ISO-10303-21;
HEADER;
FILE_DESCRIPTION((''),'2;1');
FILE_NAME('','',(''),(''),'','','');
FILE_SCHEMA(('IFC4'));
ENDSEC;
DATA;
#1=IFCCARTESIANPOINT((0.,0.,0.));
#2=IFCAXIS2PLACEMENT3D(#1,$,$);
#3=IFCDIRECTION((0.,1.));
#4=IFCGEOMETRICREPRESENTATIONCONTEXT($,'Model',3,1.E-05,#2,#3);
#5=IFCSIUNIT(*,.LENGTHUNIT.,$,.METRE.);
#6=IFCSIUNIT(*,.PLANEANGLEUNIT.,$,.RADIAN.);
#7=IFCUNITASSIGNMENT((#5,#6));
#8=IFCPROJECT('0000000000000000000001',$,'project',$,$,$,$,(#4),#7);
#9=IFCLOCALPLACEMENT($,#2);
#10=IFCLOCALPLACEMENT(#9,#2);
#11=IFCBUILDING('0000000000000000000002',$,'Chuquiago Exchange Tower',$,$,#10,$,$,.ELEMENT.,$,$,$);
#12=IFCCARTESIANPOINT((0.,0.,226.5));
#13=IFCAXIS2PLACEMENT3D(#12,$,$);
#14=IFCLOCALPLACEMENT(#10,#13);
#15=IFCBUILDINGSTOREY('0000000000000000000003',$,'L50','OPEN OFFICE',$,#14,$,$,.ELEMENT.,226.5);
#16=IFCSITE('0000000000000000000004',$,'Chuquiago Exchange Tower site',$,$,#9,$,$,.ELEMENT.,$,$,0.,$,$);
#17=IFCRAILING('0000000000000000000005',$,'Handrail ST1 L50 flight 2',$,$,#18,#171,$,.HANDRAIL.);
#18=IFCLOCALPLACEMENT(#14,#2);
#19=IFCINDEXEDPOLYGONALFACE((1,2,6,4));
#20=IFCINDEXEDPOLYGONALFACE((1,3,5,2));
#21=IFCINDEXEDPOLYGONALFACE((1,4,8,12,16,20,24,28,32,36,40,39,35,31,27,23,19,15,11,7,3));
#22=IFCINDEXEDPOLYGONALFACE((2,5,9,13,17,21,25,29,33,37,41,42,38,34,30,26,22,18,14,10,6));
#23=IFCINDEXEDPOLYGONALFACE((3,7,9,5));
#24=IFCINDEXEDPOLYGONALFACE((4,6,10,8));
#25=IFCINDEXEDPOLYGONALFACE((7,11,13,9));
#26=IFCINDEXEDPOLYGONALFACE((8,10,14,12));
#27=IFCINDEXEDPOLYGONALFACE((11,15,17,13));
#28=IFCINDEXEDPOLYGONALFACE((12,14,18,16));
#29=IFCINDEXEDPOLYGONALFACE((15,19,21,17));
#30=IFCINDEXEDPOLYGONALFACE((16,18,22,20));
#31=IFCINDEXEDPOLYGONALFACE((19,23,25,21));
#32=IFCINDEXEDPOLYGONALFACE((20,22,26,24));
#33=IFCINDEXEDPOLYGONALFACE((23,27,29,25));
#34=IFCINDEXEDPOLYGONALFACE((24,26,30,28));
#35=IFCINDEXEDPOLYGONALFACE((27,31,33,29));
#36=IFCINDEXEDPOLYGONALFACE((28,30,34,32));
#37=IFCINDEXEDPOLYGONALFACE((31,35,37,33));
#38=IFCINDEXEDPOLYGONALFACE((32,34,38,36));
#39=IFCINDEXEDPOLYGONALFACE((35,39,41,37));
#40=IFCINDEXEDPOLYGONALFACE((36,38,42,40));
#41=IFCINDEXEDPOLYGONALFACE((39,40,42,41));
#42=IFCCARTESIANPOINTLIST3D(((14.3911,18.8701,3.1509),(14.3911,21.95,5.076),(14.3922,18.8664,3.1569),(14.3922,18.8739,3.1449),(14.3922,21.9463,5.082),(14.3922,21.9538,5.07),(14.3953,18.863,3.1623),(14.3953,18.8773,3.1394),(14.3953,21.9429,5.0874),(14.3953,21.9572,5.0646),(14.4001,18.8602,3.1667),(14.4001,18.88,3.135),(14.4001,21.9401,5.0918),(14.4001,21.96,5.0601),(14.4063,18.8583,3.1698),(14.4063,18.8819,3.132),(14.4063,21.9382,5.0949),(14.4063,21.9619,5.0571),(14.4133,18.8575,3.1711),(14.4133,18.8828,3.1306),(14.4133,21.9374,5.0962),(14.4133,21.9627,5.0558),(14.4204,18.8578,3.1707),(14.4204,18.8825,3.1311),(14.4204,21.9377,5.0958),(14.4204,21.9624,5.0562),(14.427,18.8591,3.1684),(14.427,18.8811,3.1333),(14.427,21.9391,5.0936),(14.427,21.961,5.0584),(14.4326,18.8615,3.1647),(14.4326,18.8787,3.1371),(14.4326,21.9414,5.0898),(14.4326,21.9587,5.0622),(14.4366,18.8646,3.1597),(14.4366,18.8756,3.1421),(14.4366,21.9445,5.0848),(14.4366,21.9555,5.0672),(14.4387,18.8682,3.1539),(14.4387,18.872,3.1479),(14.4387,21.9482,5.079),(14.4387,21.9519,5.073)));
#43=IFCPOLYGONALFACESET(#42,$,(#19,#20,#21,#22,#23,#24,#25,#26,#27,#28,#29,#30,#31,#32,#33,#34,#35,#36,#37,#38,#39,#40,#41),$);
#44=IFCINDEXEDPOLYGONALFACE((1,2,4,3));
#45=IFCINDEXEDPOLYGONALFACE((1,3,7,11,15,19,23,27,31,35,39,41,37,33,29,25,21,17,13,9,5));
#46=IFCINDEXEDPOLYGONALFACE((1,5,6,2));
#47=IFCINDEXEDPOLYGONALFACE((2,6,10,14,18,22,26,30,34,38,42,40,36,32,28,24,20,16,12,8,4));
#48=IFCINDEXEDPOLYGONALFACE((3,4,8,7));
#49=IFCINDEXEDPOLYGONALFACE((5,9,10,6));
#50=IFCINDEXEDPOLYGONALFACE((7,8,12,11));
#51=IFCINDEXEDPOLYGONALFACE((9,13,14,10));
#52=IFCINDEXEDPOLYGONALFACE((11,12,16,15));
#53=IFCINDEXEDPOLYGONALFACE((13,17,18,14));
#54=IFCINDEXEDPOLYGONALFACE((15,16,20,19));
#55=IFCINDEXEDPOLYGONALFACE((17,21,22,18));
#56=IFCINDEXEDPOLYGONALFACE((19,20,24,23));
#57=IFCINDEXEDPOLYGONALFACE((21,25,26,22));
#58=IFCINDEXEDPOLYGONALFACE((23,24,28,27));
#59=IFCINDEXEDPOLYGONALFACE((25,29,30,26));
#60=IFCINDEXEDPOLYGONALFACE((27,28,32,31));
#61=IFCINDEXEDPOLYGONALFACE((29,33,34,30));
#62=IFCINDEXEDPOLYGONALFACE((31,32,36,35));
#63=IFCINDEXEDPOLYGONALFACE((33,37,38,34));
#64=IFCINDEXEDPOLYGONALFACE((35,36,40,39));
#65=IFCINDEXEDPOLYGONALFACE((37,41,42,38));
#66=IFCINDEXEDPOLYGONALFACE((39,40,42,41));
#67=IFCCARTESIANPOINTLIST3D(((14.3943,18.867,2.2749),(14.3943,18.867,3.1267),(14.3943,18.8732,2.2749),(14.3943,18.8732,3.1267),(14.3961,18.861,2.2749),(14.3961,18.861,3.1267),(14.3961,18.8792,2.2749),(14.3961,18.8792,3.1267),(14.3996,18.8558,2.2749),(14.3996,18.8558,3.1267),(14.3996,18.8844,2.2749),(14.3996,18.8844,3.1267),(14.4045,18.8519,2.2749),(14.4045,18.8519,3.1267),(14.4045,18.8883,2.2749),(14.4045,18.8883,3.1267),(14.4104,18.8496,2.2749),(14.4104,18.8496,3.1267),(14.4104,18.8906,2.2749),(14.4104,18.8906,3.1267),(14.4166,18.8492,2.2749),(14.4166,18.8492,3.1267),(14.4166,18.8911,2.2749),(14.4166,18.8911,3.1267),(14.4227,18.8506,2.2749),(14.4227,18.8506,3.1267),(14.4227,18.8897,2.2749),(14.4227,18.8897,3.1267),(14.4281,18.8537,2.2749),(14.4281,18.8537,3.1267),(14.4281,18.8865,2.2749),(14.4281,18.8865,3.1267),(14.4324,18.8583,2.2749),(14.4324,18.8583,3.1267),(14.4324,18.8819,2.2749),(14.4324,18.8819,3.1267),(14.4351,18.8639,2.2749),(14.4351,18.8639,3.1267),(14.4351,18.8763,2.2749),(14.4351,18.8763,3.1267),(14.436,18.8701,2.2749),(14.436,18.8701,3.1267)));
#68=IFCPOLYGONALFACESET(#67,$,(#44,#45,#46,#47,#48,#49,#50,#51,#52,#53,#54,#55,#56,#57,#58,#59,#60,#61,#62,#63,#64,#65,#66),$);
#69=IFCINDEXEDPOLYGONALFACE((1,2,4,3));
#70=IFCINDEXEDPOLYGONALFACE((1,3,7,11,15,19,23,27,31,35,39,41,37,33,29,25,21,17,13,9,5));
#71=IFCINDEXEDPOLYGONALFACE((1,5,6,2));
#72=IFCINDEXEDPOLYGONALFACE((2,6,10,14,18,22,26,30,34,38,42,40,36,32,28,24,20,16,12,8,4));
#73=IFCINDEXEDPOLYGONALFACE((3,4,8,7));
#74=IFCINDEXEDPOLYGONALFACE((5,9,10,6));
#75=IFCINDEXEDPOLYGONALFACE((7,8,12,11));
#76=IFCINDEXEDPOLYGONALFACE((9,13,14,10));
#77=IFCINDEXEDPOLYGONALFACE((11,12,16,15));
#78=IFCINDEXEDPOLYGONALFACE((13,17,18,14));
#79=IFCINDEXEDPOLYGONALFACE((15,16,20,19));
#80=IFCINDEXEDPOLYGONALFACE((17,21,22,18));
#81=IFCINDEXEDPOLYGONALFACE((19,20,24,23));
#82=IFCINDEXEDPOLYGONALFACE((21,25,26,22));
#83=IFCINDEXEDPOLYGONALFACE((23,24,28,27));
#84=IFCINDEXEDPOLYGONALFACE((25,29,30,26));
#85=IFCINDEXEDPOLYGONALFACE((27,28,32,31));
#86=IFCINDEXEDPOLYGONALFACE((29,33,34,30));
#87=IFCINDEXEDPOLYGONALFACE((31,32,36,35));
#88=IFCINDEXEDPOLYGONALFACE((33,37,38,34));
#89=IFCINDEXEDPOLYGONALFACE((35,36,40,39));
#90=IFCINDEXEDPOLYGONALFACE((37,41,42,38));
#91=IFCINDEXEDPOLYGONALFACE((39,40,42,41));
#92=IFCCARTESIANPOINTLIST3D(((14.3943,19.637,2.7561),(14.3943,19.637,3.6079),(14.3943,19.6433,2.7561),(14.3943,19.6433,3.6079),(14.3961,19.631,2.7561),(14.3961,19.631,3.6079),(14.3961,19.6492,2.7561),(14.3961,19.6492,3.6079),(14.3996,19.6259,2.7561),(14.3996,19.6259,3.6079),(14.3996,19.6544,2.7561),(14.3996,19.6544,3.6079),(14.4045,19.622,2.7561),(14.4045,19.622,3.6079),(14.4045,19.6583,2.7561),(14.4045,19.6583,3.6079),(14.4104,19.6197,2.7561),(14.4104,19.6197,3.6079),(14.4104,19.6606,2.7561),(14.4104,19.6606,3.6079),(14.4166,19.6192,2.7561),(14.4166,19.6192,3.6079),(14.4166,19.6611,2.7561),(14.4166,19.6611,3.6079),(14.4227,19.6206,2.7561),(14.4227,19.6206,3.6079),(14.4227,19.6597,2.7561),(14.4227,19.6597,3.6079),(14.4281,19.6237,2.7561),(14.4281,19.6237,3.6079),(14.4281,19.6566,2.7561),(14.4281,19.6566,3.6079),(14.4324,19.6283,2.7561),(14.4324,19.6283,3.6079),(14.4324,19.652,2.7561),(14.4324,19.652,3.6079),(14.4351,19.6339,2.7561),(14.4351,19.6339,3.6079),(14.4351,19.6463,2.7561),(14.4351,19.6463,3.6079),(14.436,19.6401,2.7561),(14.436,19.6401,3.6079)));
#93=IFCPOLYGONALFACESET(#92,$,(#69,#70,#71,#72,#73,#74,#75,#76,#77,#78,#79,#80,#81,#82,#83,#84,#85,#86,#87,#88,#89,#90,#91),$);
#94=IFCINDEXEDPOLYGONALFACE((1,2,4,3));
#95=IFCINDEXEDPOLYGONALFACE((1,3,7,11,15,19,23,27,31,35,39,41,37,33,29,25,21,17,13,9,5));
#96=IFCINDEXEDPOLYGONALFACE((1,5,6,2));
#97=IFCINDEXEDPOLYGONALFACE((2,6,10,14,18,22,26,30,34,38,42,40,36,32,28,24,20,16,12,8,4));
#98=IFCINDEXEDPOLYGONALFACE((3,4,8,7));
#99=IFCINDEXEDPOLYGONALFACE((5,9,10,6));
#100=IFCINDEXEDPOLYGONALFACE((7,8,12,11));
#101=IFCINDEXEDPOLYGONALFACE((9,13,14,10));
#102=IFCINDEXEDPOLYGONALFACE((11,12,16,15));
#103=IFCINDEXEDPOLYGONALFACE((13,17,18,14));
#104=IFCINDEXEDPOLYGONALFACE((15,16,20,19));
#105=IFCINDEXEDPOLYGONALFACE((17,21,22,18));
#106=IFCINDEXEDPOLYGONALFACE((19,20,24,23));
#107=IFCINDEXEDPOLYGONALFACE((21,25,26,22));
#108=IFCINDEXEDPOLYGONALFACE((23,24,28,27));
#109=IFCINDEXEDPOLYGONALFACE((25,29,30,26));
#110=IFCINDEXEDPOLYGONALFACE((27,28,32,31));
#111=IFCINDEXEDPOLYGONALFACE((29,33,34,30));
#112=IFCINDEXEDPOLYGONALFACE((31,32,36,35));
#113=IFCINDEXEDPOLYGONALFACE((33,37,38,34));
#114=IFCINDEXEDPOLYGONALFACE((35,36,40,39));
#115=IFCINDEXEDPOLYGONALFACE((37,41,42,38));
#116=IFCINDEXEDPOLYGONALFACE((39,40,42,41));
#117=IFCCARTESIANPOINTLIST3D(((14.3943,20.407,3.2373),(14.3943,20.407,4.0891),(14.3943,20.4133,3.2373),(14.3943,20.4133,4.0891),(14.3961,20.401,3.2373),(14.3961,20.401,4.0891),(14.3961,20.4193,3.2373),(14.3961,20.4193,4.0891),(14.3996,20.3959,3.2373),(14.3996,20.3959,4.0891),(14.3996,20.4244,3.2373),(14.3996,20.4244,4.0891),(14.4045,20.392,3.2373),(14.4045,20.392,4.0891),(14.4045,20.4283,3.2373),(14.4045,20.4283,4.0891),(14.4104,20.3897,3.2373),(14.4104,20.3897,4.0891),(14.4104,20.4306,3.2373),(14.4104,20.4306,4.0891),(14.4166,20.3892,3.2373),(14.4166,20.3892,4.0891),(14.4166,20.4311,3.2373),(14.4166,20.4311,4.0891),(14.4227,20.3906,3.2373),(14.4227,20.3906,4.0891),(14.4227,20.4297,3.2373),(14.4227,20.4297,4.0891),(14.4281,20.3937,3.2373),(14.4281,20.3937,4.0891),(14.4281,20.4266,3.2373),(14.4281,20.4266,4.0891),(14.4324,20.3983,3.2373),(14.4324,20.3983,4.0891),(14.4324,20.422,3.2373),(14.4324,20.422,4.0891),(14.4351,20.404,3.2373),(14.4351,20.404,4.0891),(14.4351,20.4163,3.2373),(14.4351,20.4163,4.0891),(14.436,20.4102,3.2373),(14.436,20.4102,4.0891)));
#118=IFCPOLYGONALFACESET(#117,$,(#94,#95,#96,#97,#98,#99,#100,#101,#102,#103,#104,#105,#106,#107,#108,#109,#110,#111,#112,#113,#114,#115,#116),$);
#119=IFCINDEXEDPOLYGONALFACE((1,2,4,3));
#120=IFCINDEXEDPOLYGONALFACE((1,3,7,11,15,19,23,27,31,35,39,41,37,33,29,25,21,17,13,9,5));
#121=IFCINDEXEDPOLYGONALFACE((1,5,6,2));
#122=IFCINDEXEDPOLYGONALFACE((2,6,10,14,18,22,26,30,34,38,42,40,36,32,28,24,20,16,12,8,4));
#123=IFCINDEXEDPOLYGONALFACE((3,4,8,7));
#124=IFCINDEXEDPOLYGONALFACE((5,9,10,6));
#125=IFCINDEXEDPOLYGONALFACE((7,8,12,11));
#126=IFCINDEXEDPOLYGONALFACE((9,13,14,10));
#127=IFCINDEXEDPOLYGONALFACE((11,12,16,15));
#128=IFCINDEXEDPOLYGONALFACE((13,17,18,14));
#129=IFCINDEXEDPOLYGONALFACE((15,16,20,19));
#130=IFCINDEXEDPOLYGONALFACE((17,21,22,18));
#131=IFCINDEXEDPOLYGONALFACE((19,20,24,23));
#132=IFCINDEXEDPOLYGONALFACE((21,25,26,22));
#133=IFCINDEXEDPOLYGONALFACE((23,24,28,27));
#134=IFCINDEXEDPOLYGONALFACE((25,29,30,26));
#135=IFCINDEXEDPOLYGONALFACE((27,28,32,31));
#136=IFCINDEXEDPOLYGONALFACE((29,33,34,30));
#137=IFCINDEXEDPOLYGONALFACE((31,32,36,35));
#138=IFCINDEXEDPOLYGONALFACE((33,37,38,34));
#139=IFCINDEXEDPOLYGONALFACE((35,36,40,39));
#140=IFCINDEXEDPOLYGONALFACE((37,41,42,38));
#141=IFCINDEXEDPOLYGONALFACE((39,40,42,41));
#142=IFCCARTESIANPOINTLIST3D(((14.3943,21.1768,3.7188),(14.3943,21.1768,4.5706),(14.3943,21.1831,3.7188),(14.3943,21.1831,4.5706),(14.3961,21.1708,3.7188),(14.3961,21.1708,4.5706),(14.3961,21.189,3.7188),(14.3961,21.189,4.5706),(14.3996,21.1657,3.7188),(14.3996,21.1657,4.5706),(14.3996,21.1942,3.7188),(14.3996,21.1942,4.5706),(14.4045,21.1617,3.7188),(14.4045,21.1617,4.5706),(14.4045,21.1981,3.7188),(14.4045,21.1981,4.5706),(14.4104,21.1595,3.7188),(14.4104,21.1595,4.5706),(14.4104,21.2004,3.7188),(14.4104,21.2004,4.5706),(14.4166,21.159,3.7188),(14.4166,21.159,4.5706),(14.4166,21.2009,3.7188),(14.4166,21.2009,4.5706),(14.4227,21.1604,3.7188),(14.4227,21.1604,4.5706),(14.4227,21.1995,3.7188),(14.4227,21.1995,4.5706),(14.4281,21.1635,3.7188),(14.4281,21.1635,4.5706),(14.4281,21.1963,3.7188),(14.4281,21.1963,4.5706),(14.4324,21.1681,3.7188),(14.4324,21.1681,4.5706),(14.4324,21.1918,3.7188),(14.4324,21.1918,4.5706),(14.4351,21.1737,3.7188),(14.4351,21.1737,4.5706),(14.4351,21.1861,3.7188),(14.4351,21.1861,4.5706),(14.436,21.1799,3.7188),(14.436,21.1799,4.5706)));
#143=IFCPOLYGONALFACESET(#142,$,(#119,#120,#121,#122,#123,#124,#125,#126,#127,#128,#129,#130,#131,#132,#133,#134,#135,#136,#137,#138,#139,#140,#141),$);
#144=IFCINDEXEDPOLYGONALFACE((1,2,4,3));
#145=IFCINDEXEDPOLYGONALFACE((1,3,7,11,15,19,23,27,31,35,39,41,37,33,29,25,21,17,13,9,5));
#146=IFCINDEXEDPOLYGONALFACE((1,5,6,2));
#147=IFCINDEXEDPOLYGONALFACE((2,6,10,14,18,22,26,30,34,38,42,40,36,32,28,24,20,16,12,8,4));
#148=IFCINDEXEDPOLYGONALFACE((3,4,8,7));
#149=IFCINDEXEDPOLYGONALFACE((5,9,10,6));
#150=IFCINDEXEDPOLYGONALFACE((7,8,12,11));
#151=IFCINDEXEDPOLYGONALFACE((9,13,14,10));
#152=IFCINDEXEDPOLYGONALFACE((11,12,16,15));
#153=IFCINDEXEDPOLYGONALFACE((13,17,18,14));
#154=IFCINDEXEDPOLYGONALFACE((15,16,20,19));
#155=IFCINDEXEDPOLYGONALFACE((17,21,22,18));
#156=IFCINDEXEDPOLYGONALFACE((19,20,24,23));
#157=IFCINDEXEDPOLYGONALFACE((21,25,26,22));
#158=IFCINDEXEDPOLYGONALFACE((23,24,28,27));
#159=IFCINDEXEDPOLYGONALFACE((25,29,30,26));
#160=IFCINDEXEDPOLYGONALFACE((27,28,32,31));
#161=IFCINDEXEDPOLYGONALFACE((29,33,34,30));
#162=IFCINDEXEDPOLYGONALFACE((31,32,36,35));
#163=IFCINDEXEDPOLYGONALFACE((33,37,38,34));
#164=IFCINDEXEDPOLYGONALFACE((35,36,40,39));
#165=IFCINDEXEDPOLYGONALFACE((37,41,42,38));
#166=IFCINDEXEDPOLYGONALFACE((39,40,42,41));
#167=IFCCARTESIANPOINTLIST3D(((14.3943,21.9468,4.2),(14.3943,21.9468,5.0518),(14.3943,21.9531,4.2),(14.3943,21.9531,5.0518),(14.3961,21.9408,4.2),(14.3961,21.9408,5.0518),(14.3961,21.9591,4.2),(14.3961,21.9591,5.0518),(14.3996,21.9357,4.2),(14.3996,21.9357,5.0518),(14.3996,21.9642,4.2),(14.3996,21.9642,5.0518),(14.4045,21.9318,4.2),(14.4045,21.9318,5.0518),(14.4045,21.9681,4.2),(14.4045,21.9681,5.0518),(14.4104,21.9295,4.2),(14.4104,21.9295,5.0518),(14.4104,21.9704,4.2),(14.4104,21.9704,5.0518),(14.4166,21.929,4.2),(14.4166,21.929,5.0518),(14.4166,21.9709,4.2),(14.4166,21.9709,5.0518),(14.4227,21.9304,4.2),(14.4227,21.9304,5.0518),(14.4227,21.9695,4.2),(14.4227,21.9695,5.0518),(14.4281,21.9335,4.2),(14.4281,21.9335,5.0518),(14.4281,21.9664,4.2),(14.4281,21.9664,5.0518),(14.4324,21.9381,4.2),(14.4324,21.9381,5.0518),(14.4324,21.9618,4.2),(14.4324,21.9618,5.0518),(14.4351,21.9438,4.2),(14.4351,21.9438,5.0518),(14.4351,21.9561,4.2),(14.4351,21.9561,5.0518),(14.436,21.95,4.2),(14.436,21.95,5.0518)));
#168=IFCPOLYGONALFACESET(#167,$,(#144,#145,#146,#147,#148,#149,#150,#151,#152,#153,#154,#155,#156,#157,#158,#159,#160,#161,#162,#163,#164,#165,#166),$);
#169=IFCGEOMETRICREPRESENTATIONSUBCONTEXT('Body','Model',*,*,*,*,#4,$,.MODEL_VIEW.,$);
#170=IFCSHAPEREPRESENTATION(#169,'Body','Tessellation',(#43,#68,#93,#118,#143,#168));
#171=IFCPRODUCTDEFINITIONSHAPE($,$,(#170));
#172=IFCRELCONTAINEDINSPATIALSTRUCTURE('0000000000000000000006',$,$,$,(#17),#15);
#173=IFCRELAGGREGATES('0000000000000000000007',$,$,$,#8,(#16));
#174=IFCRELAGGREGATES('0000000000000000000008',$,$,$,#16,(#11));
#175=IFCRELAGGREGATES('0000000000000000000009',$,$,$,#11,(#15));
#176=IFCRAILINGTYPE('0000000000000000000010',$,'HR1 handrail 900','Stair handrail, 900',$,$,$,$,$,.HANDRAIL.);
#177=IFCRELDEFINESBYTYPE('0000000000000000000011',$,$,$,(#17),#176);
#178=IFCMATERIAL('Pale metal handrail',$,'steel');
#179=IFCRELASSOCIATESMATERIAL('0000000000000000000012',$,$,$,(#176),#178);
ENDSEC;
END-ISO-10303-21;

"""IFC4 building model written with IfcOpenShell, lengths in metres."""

from ifc_helpers import new_model, si_unit, direction, frame, origin, origin_2d, place, context, subcontext, project, spatial, circle, extrude, material, type_object, element, save


model = new_model("IFC4")

# Units and contexts
model_context = context("Model", 3, precision=1e-05, world=origin(), true_north=direction((0.0, 1.0)))
body_context = subcontext(model_context, "Body", "Model", "MODEL_VIEW")
ifc_project = project(units=[si_unit("LENGTHUNIT", "METRE"), si_unit("PLANEANGLEUNIT", "RADIAN")], contexts=[model_context])

# Site, building, storey
site_placement = place(None, origin())
site = spatial("IfcSite", under=ifc_project, at=site_placement, Name="Chuquiago Exchange Tower site", CompositionType="ELEMENT", RefElevation=0.0)
building_placement = place(site_placement, origin())
building = spatial("IfcBuilding", under=site, at=building_placement, Name="Chuquiago Exchange Tower", CompositionType="ELEMENT")
storey_placement = place(building_placement, frame((0.0, 0.0, 226.5)))
storey = spatial("IfcBuildingStorey", under=building, at=storey_placement, Name="L50", Description="OPEN OFFICE", CompositionType="ELEMENT", Elevation=226.5)

# Railing
ifc_material_1 = material(Name="Pale metal handrail", Category="steel")
railing_type_1 = type_object("IfcRailingType", Name="HR1 handrail 900", Description="Stair handrail, 900", PredefinedType="HANDRAIL", material=ifc_material_1)
for number, where, name in (
    (1, (14.415, 18.8701, 2.2749), "Handrail ST1 L50 flight 2"),
):
    element("IfcRailing", number, at=place(storey_placement, frame(where)), inside=storey, type_object=railing_type_1, Name=name, PredefinedType="HANDRAIL", context=body_context, shape_type="SweptSolid", body=[
        extrude(circle(Radius=0.0239, at=origin_2d()), frame((0.0, 0.0, 0.876), z_axis=(0.0, 0.847979, 0.530029), x_axis=(-1.0, 0.0, 0.0)), (0.0, 0.0, 1.0), 3.6321),
        extrude(circle(Radius=0.021, at=origin_2d()), origin(), (0.0, 0.0, 1.0), 0.8518),
        extrude(circle(Radius=0.021, at=origin_2d()), frame((0.0, 0.77, 0.4812)), (0.0, 0.0, 1.0), 0.8518),
        extrude(circle(Radius=0.021, at=origin_2d()), frame((0.0, 1.54, 0.9624)), (0.0, 0.0, 1.0), 0.8518),
        extrude(circle(Radius=0.021, at=origin_2d()), frame((0.0, 2.3098, 1.4438)), (0.0, 0.0, 1.0), 0.8518),
        extrude(circle(Radius=0.021, at=origin_2d()), frame((0.0, 3.0798, 1.925)), (0.0, 0.0, 1.0), 0.8518),
    ])

save(model, "model.ifc")
